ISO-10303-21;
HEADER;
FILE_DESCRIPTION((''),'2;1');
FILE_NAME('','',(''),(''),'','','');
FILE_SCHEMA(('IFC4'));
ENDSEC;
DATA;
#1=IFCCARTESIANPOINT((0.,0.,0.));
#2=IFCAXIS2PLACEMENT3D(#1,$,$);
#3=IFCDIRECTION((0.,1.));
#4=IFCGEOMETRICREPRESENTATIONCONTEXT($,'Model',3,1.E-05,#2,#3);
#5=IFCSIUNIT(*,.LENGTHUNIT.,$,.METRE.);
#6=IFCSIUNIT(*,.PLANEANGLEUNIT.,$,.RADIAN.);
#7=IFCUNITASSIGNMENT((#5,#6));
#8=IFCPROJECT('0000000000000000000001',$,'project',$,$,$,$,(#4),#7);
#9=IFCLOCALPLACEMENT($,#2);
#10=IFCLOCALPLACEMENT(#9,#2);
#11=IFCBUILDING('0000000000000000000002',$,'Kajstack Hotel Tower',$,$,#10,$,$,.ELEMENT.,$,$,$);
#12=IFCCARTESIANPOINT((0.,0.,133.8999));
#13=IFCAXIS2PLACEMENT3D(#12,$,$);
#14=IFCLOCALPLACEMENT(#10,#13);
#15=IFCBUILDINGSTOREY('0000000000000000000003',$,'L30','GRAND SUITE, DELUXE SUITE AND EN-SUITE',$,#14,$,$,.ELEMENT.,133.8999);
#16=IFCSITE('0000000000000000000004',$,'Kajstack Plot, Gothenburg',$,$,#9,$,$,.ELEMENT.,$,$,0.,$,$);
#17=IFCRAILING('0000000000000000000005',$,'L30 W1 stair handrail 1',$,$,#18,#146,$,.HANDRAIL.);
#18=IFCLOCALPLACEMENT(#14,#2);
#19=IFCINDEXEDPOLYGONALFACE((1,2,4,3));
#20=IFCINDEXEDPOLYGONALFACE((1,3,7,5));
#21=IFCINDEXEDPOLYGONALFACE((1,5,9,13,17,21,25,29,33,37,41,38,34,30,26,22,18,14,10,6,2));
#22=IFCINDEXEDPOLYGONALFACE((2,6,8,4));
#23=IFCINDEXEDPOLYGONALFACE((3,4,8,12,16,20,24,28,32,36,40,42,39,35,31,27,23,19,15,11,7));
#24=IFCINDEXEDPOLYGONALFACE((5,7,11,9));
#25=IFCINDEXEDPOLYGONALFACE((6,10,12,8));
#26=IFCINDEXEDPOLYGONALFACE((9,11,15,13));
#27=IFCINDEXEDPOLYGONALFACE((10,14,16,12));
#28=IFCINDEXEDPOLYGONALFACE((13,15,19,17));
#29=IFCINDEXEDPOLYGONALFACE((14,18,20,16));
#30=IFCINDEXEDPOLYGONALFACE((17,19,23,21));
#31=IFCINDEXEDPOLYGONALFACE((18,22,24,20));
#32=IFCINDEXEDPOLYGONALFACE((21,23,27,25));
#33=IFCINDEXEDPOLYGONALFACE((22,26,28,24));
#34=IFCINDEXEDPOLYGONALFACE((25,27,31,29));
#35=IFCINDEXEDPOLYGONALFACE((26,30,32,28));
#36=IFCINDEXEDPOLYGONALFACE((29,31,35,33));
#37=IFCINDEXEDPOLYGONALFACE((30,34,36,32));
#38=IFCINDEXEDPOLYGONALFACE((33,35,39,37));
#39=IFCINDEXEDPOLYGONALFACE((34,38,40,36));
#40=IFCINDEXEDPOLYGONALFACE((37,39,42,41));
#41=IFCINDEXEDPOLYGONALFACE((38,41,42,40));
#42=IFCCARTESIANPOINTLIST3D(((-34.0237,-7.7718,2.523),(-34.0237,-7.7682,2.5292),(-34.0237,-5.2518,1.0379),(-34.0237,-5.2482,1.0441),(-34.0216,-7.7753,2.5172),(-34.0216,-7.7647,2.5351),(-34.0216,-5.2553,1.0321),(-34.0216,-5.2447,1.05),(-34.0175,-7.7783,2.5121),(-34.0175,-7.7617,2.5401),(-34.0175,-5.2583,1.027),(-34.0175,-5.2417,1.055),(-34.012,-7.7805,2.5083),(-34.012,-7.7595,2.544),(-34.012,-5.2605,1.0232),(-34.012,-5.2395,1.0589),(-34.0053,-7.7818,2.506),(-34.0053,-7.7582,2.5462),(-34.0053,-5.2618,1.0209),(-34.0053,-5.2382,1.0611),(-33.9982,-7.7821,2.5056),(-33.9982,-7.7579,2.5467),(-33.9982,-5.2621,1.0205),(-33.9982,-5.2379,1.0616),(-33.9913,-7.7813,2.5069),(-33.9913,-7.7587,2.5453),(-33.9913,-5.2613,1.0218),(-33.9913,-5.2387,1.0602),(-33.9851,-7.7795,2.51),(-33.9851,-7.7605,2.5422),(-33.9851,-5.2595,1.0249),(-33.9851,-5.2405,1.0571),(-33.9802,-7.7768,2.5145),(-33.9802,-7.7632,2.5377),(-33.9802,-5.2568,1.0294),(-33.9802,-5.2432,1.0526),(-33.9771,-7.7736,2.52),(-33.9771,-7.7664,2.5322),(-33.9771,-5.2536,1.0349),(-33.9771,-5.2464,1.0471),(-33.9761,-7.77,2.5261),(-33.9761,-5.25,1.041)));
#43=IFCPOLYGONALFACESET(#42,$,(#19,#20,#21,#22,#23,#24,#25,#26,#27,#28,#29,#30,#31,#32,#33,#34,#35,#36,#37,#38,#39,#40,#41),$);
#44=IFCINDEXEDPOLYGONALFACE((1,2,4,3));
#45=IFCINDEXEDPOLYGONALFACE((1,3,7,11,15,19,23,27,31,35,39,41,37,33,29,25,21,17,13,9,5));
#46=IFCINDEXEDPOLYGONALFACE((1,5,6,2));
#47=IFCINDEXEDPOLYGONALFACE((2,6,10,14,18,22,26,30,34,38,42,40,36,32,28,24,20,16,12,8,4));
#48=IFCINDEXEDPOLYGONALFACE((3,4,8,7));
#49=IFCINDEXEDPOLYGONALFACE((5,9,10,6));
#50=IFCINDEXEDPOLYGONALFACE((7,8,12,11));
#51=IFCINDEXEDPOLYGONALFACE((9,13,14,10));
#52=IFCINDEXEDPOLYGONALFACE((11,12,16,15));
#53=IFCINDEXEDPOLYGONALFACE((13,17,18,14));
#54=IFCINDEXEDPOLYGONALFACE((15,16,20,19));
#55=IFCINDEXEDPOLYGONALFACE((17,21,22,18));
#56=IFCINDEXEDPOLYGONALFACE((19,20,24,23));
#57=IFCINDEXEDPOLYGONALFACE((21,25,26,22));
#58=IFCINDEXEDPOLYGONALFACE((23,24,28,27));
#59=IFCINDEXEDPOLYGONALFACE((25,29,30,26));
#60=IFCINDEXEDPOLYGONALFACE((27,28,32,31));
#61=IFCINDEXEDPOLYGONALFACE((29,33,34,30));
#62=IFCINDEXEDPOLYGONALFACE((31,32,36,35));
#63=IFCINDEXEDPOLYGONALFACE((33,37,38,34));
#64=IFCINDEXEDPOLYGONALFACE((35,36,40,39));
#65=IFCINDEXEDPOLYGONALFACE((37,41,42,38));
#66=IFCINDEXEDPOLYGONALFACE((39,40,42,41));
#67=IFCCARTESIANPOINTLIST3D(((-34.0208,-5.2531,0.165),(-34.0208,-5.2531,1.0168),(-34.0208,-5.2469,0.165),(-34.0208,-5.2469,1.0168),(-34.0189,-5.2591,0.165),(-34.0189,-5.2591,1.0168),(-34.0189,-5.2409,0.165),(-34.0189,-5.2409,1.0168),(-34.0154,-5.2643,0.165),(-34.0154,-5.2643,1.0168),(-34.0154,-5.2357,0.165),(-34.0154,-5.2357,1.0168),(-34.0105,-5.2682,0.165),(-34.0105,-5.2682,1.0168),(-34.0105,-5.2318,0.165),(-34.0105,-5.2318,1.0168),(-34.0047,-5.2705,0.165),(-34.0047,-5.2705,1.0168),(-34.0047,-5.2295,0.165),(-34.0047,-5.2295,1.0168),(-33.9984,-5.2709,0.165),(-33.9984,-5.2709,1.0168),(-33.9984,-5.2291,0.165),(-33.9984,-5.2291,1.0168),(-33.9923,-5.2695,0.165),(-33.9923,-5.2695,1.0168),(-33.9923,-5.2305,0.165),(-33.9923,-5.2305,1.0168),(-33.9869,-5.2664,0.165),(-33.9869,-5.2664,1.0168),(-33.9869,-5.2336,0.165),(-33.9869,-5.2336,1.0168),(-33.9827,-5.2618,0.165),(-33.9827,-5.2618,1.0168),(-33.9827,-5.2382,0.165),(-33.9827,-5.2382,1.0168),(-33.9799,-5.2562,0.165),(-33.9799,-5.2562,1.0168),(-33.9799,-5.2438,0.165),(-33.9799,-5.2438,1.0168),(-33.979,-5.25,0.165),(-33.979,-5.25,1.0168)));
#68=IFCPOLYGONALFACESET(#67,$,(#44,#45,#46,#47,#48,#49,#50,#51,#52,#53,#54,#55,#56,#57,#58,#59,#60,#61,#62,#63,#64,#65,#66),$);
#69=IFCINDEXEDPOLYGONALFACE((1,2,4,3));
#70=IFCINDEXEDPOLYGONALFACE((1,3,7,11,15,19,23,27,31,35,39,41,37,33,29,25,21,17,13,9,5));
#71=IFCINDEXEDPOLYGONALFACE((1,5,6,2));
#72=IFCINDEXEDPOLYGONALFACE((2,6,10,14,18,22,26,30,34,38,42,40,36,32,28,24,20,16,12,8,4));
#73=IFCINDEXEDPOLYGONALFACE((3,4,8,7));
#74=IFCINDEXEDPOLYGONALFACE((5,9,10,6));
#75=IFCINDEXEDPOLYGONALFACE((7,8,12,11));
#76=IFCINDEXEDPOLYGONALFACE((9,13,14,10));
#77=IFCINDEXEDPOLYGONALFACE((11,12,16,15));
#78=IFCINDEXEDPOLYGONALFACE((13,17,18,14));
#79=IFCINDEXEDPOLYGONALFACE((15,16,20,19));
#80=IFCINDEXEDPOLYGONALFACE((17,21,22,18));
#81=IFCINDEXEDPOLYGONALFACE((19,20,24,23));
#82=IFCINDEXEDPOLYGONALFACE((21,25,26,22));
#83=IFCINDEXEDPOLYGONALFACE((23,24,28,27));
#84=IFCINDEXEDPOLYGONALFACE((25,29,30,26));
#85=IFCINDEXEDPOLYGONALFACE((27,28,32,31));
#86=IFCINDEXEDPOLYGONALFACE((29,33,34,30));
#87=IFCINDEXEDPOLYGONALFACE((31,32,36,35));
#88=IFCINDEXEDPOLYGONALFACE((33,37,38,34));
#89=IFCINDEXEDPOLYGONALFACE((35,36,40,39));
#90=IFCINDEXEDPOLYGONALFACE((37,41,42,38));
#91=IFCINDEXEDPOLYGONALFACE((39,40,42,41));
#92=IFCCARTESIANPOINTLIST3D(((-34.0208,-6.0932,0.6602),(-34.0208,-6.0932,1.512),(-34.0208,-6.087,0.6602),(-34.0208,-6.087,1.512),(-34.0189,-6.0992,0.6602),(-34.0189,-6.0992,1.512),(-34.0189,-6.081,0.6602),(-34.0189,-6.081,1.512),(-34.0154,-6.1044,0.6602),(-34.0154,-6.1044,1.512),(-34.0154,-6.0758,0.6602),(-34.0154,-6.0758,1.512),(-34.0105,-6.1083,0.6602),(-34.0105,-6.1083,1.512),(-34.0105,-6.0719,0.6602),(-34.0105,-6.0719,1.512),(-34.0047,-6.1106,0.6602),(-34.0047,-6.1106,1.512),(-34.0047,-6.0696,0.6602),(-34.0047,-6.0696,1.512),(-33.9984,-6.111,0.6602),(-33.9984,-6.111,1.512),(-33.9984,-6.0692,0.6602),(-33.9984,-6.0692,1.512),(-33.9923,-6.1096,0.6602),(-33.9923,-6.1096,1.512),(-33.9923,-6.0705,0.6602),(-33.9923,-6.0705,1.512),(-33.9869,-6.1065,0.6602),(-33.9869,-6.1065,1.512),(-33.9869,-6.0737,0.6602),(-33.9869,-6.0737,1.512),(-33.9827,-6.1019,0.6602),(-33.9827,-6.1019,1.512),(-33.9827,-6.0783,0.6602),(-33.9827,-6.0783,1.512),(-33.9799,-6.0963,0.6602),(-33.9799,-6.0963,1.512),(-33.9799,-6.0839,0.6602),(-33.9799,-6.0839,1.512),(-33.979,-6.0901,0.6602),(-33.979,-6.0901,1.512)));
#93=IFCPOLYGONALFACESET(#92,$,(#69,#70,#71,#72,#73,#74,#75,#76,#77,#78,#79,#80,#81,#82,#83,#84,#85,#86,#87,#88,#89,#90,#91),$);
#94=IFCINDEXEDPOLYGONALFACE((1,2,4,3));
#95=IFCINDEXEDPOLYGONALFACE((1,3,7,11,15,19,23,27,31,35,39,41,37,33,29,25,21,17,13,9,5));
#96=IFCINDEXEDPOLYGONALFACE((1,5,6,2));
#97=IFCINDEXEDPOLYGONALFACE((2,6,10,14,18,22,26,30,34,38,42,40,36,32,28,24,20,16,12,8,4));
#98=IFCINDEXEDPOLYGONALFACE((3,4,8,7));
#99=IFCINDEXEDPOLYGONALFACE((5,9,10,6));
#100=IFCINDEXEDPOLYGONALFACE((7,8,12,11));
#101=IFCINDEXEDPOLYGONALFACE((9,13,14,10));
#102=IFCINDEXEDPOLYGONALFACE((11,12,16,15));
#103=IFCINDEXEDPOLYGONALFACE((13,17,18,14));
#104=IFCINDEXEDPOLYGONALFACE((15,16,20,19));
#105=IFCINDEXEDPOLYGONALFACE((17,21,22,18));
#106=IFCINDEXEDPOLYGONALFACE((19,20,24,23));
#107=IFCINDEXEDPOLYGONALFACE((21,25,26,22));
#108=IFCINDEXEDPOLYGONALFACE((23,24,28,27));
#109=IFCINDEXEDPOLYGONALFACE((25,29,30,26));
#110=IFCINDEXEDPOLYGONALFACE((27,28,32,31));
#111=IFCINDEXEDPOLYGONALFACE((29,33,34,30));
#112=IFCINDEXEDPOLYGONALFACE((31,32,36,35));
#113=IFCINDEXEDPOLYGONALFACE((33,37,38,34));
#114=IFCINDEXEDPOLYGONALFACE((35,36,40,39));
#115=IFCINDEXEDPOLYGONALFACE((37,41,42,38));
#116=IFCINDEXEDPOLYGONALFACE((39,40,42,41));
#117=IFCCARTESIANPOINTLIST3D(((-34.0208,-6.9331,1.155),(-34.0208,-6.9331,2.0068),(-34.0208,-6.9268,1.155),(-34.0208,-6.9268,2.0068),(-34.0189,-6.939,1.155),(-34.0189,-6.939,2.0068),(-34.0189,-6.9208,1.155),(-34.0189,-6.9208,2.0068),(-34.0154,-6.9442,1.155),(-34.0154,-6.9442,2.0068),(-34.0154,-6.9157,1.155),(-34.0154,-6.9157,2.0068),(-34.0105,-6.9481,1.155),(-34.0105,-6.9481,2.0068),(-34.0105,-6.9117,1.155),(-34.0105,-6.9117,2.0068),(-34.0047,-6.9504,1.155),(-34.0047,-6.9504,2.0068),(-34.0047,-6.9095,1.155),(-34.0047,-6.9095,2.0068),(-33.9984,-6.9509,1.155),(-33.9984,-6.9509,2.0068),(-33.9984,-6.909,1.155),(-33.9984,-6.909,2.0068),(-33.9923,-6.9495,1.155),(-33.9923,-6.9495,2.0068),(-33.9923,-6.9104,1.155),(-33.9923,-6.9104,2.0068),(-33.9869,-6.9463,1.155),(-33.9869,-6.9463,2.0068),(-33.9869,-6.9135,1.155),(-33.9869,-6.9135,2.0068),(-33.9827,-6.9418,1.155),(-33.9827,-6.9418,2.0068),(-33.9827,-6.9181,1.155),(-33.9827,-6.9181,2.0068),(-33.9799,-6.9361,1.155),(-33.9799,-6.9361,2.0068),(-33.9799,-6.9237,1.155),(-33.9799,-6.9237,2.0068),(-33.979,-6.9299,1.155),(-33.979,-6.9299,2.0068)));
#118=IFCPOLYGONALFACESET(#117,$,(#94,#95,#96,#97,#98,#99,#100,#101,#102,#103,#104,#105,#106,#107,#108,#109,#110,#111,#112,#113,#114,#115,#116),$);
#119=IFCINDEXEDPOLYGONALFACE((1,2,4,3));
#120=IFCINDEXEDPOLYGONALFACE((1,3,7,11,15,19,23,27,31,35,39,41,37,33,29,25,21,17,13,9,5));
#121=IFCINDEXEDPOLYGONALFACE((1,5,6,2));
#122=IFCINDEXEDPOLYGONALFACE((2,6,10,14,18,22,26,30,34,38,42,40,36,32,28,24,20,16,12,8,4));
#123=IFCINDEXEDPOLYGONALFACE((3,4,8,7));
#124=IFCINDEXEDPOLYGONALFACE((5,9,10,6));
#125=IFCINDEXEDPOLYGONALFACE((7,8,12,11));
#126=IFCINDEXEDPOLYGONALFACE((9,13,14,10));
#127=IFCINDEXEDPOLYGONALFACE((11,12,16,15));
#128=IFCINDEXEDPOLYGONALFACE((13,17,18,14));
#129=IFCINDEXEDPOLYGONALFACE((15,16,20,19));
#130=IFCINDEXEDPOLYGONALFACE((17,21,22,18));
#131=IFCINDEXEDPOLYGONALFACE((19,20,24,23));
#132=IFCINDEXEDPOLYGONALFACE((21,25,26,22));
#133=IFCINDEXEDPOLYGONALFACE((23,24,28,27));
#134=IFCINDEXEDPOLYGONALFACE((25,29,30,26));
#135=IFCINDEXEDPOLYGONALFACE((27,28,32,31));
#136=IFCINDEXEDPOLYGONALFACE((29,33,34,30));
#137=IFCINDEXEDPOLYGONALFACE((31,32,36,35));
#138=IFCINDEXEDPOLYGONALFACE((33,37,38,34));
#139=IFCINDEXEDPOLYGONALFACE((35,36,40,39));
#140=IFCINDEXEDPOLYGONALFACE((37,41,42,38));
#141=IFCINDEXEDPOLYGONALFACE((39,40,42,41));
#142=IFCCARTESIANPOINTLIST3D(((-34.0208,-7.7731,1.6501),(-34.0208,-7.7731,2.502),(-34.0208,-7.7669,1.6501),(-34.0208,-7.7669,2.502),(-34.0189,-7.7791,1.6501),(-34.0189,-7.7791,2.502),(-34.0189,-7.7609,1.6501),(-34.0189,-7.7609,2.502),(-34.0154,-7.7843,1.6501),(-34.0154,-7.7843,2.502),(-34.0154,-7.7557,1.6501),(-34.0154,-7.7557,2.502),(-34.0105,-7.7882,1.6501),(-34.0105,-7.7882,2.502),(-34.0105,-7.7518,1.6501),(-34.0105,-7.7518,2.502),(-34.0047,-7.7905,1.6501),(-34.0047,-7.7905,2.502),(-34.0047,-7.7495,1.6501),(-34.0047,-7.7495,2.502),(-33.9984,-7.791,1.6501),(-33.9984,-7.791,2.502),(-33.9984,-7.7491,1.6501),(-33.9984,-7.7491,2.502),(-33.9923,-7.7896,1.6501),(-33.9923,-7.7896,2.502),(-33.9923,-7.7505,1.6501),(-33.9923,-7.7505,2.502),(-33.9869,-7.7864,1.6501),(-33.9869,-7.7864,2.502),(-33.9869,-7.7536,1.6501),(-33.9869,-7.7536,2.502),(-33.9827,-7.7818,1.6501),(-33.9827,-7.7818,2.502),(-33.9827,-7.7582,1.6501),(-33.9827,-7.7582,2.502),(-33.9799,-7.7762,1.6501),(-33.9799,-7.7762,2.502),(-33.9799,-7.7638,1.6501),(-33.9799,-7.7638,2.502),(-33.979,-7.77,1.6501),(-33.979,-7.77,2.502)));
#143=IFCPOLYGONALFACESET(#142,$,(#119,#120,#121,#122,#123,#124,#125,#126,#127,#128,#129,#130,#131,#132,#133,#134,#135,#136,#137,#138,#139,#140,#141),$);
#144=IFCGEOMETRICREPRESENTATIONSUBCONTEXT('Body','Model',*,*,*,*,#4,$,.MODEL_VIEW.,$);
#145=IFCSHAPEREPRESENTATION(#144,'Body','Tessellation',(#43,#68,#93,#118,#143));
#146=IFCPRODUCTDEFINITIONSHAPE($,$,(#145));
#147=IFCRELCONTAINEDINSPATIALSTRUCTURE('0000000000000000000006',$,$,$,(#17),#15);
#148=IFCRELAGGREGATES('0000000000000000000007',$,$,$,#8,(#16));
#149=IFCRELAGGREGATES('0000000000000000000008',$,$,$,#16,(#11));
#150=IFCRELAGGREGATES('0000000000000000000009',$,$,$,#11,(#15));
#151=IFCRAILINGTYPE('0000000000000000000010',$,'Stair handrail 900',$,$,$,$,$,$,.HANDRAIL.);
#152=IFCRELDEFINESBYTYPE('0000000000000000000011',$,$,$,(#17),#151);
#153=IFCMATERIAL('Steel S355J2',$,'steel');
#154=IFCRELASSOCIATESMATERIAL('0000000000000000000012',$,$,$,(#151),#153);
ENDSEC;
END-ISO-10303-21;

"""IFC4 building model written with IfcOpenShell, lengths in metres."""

from ifc_helpers import new_model, si_unit, direction, frame, origin, origin_2d, place, context, subcontext, project, spatial, circle, extrude, material, type_object, element, save


model = new_model("IFC4")

# Units and contexts
model_context = context("Model", 3, precision=1e-05, world=origin(), true_north=direction((0.0, 1.0)))
body_context = subcontext(model_context, "Body", "Model", "MODEL_VIEW")
ifc_project = project(units=[si_unit("LENGTHUNIT", "METRE"), si_unit("PLANEANGLEUNIT", "RADIAN")], contexts=[model_context])

# Site, building, storey
site_placement = place(None, origin())
site = spatial("IfcSite", under=ifc_project, at=site_placement, Name="Kajstack Plot, Gothenburg", CompositionType="ELEMENT", RefElevation=0.0)
building_placement = place(site_placement, origin())
building = spatial("IfcBuilding", under=site, at=building_placement, Name="Kajstack Hotel Tower", CompositionType="ELEMENT")
storey_placement = place(building_placement, frame((0.0, 0.0, 133.8999)))
storey = spatial("IfcBuildingStorey", under=building, at=storey_placement, Name="L30", Description="GRAND SUITE, DELUXE SUITE AND EN-SUITE", CompositionType="ELEMENT", Elevation=133.8999)

# Railing
ifc_material_1 = material(Name="Steel S355J2", Category="steel")
railing_type_1 = type_object("IfcRailingType", Name="Stair handrail 900", PredefinedType="HANDRAIL", material=ifc_material_1)
railing_1_placement = place(storey_placement, frame((-34.0, -5.25, 0.165)))
element("IfcRailing", 1, at=railing_1_placement, inside=storey, type_object=railing_type_1, Name="L30 W1 stair handrail 1", PredefinedType="HANDRAIL", context=body_context, shape_type="SweptSolid", body=[
    extrude(circle(Radius=0.0239, at=origin_2d()), frame((0.0, 0.0, 0.876), z_axis=(0.0, -0.861524, 0.507717), x_axis=(1.0, 0.0, 0.0)), (0.0, 0.0, 1.0), 2.925),
    extrude(circle(Radius=0.021, at=origin_2d()), origin(), (0.0, 0.0, 1.0), 0.8518),
    extrude(circle(Radius=0.021, at=origin_2d()), frame((0.0, -0.8401, 0.4951)), (0.0, 0.0, 1.0), 0.8518),
    extrude(circle(Radius=0.021, at=origin_2d()), frame((0.0, -1.6799, 0.99)), (0.0, 0.0, 1.0), 0.8518),
    extrude(circle(Radius=0.021, at=origin_2d()), frame((0.0, -2.52, 1.4851)), (0.0, 0.0, 1.0), 0.8518),
])

save(model, "model.ifc")
